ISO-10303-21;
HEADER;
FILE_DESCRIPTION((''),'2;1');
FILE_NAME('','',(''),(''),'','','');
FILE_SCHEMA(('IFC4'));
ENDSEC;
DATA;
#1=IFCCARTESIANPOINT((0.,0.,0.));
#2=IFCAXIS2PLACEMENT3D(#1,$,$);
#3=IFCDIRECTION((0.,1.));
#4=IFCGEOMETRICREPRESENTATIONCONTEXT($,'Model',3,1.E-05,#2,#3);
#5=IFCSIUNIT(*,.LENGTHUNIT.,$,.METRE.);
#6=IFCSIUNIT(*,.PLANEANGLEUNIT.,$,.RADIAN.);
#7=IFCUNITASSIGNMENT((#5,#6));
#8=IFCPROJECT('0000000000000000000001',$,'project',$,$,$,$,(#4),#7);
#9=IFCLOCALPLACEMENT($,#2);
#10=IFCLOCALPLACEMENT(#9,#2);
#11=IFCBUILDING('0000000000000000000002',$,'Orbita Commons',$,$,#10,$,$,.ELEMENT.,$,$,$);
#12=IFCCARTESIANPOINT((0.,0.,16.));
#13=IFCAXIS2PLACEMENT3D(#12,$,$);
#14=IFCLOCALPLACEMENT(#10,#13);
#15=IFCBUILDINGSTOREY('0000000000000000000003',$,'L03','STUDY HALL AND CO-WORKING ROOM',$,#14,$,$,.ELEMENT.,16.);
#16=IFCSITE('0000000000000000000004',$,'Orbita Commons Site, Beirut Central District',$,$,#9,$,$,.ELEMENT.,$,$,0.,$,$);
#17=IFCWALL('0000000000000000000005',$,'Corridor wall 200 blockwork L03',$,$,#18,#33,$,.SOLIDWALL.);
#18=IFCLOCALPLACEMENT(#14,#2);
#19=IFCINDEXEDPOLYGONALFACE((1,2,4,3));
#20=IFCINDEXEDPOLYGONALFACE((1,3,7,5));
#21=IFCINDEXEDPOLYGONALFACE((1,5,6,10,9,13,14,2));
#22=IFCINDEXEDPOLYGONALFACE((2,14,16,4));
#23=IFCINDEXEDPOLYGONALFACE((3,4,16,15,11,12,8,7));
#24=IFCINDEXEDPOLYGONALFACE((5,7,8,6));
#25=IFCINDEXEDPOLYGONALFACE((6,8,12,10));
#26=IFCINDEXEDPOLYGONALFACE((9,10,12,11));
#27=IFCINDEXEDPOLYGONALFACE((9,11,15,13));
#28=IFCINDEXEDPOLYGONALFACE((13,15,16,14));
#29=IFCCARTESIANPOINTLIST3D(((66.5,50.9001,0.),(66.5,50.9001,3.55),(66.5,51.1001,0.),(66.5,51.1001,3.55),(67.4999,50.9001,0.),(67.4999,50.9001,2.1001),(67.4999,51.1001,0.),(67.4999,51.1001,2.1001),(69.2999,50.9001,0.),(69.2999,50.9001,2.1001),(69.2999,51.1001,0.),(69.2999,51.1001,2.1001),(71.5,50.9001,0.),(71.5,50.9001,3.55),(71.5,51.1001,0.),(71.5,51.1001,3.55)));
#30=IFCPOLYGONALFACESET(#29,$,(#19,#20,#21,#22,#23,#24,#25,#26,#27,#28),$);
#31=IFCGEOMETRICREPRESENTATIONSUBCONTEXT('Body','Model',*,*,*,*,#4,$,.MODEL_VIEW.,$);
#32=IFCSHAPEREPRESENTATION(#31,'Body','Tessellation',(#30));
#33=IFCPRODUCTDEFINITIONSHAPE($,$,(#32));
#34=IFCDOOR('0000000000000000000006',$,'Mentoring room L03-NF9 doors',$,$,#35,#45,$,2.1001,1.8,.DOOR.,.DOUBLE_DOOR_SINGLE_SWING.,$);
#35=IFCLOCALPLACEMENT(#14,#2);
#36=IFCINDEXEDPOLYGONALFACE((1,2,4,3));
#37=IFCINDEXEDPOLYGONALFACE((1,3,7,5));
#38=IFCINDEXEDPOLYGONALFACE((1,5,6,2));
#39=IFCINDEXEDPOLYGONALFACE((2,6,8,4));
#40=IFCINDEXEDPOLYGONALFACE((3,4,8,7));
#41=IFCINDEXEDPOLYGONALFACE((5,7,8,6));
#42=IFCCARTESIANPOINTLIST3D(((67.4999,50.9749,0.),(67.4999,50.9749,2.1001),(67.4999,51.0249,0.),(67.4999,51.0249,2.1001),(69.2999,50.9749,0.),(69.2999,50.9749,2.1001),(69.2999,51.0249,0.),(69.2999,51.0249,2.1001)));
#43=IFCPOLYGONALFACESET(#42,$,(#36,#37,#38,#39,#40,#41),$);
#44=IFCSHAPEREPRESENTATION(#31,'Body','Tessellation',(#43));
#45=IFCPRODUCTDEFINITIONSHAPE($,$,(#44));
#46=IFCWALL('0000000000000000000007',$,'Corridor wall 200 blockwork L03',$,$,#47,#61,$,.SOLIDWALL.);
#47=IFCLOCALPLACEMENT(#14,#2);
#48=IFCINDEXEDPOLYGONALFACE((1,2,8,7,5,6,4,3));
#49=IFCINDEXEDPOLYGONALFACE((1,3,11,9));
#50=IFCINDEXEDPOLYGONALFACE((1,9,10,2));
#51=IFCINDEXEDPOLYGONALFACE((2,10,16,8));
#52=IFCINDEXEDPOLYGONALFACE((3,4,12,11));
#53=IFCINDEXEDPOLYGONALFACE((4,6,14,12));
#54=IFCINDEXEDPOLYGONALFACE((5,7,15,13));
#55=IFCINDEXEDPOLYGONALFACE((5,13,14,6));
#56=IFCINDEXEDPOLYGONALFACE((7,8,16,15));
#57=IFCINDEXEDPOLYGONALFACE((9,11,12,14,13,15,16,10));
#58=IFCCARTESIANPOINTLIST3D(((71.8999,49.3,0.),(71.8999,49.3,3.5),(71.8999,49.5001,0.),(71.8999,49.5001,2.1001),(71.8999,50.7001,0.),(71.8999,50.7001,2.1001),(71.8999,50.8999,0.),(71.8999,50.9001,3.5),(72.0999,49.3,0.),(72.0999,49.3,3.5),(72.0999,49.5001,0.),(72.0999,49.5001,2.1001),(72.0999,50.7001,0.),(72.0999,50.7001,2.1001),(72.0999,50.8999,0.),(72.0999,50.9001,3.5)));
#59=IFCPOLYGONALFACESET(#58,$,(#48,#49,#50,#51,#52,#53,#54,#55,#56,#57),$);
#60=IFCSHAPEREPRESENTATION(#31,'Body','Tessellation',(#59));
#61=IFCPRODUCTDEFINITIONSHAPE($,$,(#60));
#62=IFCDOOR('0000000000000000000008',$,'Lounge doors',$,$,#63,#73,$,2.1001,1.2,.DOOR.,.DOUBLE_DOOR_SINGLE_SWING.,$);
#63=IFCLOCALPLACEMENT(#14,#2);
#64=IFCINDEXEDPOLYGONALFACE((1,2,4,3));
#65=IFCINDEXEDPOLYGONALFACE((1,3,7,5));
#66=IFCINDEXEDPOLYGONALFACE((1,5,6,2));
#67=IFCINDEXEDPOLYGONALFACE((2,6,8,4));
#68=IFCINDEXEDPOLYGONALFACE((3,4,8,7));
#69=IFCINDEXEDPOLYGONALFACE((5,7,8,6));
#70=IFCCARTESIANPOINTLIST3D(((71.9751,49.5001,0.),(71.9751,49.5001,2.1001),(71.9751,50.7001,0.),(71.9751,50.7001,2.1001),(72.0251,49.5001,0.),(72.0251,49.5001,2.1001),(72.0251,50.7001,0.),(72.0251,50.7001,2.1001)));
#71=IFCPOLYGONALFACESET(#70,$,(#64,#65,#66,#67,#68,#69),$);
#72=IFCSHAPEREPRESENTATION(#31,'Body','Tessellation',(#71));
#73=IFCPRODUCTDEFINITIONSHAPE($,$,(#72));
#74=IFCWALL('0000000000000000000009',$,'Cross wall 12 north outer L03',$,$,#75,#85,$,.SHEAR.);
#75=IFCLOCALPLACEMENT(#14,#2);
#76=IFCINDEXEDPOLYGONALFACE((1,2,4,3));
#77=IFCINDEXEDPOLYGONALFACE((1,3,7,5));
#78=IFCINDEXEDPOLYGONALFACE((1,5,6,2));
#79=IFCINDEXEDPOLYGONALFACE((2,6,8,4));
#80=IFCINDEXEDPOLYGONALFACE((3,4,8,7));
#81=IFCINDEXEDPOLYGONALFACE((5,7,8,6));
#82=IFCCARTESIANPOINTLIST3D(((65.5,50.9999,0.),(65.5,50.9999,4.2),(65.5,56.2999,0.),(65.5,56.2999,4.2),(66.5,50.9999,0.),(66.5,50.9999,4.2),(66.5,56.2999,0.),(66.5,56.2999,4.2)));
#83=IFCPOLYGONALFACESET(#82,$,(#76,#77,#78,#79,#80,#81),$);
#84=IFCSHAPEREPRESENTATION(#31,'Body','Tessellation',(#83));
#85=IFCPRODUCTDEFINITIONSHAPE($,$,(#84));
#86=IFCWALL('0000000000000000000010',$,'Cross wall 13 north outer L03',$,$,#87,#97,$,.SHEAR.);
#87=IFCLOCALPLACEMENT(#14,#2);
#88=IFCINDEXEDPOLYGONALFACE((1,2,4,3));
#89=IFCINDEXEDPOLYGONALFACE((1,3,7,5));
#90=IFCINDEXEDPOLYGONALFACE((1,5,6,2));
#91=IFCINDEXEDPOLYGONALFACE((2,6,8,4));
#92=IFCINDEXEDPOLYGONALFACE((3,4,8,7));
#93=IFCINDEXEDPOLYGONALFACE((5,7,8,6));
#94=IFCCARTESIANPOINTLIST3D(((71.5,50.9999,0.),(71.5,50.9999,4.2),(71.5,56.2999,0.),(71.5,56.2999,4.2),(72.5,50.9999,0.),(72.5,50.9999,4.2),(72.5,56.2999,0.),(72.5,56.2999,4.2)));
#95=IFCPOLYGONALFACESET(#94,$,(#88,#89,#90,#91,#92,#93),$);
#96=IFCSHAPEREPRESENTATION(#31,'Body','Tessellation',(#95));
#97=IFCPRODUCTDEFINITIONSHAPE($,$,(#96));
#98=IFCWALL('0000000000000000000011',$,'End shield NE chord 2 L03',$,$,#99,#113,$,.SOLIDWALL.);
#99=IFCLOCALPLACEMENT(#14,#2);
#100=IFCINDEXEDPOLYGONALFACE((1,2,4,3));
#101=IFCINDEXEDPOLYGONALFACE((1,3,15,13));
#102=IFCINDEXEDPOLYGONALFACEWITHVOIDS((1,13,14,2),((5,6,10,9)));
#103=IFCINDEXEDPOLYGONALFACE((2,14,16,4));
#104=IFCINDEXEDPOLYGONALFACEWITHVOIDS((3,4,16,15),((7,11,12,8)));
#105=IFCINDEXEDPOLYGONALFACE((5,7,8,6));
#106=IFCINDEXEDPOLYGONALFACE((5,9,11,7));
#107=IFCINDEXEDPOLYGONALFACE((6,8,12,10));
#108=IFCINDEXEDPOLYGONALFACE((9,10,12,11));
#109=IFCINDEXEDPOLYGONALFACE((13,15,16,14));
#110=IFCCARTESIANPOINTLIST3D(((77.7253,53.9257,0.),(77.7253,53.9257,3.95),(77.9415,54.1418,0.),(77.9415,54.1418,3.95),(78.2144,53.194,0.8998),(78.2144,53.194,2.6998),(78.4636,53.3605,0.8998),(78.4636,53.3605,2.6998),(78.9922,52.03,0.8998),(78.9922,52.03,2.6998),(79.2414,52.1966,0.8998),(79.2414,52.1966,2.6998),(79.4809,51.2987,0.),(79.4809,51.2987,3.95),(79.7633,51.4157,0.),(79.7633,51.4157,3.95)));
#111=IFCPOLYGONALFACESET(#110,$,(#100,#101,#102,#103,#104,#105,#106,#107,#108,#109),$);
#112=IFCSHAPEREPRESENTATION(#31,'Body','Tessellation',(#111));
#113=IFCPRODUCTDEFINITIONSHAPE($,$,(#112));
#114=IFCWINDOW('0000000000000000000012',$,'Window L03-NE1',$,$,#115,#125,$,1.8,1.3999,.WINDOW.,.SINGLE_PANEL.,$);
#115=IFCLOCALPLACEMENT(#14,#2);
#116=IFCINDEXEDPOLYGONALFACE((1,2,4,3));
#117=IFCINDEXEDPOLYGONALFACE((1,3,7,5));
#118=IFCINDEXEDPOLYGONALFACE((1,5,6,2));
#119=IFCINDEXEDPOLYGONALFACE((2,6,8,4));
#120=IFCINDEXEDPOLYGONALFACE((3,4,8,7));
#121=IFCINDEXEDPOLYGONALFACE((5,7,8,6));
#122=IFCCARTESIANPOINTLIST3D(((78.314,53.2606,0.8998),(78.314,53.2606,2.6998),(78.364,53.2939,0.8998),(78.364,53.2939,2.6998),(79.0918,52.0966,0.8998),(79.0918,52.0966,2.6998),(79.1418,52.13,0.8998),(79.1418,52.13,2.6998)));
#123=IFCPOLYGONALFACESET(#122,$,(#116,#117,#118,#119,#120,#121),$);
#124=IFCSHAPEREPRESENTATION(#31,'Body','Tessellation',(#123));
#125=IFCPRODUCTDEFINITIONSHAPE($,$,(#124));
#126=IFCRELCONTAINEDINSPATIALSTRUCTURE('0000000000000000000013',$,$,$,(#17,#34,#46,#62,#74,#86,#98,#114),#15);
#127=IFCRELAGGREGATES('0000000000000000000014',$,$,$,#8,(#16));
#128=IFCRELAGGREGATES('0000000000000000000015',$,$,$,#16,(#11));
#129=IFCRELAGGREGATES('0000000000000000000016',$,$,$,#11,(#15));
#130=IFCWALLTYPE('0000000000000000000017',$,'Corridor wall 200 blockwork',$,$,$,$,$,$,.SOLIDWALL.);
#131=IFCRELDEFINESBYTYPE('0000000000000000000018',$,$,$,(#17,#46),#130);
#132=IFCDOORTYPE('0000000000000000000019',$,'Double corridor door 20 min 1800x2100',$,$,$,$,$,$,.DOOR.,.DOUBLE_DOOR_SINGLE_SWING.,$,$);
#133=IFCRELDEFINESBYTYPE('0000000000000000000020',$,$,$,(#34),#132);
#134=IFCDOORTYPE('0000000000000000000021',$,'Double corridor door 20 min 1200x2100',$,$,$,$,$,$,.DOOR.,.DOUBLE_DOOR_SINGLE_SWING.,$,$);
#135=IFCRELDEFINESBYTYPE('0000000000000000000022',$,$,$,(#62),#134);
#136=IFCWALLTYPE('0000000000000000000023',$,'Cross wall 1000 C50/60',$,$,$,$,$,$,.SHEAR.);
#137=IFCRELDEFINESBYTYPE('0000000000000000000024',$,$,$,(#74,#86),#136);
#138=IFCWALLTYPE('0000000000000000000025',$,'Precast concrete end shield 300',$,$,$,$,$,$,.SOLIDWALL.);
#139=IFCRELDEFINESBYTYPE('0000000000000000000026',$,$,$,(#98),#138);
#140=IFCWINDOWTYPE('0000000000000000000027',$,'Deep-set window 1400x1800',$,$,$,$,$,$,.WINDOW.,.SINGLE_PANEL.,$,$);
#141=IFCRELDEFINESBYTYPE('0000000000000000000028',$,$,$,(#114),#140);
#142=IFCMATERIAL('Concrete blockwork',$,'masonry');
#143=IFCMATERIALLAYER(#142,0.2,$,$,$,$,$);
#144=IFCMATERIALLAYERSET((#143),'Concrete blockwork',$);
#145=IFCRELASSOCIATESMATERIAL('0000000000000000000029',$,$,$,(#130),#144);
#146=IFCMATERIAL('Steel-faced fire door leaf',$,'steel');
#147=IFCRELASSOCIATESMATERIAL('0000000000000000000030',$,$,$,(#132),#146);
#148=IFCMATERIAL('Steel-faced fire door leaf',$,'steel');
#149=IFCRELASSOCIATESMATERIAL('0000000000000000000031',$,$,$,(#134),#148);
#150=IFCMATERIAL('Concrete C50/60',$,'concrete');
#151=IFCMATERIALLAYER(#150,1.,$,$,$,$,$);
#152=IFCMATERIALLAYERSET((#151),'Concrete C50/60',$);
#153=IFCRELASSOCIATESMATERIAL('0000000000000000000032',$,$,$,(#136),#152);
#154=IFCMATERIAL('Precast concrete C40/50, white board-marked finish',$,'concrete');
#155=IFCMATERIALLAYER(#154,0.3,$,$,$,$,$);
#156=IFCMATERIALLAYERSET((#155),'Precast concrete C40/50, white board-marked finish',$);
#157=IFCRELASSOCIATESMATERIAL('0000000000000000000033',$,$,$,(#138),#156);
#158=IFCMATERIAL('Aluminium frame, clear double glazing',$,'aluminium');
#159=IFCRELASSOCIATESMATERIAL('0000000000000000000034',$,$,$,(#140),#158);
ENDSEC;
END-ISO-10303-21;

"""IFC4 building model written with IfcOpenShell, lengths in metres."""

from ifc_helpers import new_model, si_unit, direction, frame, frame_2d, origin, place, context, subcontext, project, spatial, polyline, rectangle, outline, extrude, material, layer, layer_set, type_object, element, fill, save


model = new_model("IFC4")

# Units and contexts
model_context = context("Model", 3, precision=1e-05, world=origin(), true_north=direction((0.0, 1.0)))
body_context = subcontext(model_context, "Body", "Model", "MODEL_VIEW")
ifc_project = project(units=[si_unit("LENGTHUNIT", "METRE"), si_unit("PLANEANGLEUNIT", "RADIAN")], contexts=[model_context])

# Site, building, storey
site_placement = place(None, origin())
site = spatial("IfcSite", under=ifc_project, at=site_placement, Name="Orbita Commons Site, Beirut Central District", CompositionType="ELEMENT", RefElevation=0.0)
building_placement = place(site_placement, origin())
building = spatial("IfcBuilding", under=site, at=building_placement, Name="Orbita Commons", CompositionType="ELEMENT")
storey_placement = place(building_placement, frame((0.0, 0.0, 16.0)))
storey = spatial("IfcBuildingStorey", under=building, at=storey_placement, Name="L03", Description="STUDY HALL AND CO-WORKING ROOM", CompositionType="ELEMENT", Elevation=16.0)

# Walls, openings, doors
ifc_material_1 = material(Name="Concrete blockwork", Category="masonry")
ifc_layer_1 = layer(ifc_material_1, 0.2)
ifc_layer_set_1 = layer_set([ifc_layer_1], Name="Concrete blockwork")
wall_type_1 = type_object("IfcWallType", Name="Corridor wall 200 blockwork", PredefinedType="SOLIDWALL", material=ifc_layer_set_1)
ifc_material_2 = material(Name="Steel-faced fire door leaf", Category="steel")
door_type_1 = type_object("IfcDoorType", Name="Double corridor door 20 min 1800x2100", OperationType="DOUBLE_DOOR_SINGLE_SWING", PredefinedType="DOOR", material=ifc_material_2)
wall_1_placement = place(storey_placement, frame((66.5, 51.0, 0.0), z_axis=(0.0, 0.0, 1.0), x_axis=(1.0, 0.0, 0.0)))
wall_1 = element("IfcWall", 1, at=wall_1_placement, inside=storey, type_object=wall_type_1, Name="Corridor wall 200 blockwork L03", PredefinedType="SOLIDWALL", context=body_context, shape_type="SweptSolid", body=[
    extrude(outline(polyline([(0.0, 0.0), (5.0, 0.0), (5.0, 3.55), (0.0, 3.55), (0.0, 0.0)])), frame((0.0, 0.1001, 0.0), z_axis=(0.0, -1.0, 0.0), x_axis=(1.0, 0.0, 0.0)), (0.0, 0.0, 1.0), 0.2),
])
opening_1_placement = place(wall_1_placement, frame((1.0, 0.0, 0.0)))
opening_1 = element("IfcOpeningElement", 2, at=opening_1_placement, cuts=wall_1, PredefinedType="OPENING", context=body_context, shape_type="SweptSolid", body=[
    extrude(rectangle(XDim=1.8, YDim=2.1001, at=frame_2d((0.8999, 1.05))), frame((0.0, 0.1099, 0.0), z_axis=(0.0, -1.0, 0.0), x_axis=(1.0, 0.0, 0.0)), (0.0, 0.0, 1.0), 0.22),
])
door_1_placement = place(opening_1_placement, origin())
door_1 = element("IfcDoor", 3, at=door_1_placement, inside=storey, type_object=door_type_1, Name="Mentoring room L03-NF9 doors", OperationType="DOUBLE_DOOR_SINGLE_SWING", OverallHeight=2.1001, OverallWidth=1.8, PredefinedType="DOOR", context=body_context, shape_type="SweptSolid", body=[
    extrude(rectangle(XDim=1.8, YDim=2.1001, at=frame_2d((0.8999, 1.05))), frame((0.0, 0.0249, 0.0), z_axis=(0.0, -1.0, 0.0), x_axis=(1.0, 0.0, 0.0)), (0.0, 0.0, 1.0), 0.05),
])
fill(opening_1, door_1)
wall_2_placement = place(storey_placement, frame((72.0, 49.3, 0.0), z_axis=(0.0, 0.0, 1.0), x_axis=(0.0, 1.0, 0.0)))
wall_2 = element("IfcWall", 4, at=wall_2_placement, inside=storey, type_object=wall_type_1, Name="Corridor wall 200 blockwork L03", PredefinedType="SOLIDWALL", context=body_context, shape_type="SweptSolid", body=[
    extrude(outline(polyline([(0.0, 0.0), (1.5999, 0.0), (1.6001, 3.5), (0.0, 3.5), (0.0, 0.0)])), frame((0.0, 0.1001, 0.0), z_axis=(0.0, -1.0, 0.0), x_axis=(1.0, 0.0, 0.0)), (0.0, 0.0, 1.0), 0.2),
])
opening_2_placement = place(wall_2_placement, frame((0.2, 0.0, 0.0)))
opening_2 = element("IfcOpeningElement", 5, at=opening_2_placement, cuts=wall_2, PredefinedType="OPENING", context=body_context, shape_type="SweptSolid", body=[
    extrude(rectangle(XDim=1.2, YDim=2.1001, at=frame_2d((0.6001, 1.05))), frame((0.0, 0.1099, 0.0), z_axis=(0.0, -1.0, 0.0), x_axis=(1.0, 0.0, 0.0)), (0.0, 0.0, 1.0), 0.22),
])
ifc_material_3 = material(Name="Steel-faced fire door leaf", Category="steel")
door_type_2 = type_object("IfcDoorType", Name="Double corridor door 20 min 1200x2100", OperationType="DOUBLE_DOOR_SINGLE_SWING", PredefinedType="DOOR", material=ifc_material_3)
door_2_placement = place(opening_2_placement, origin())
door_2 = element("IfcDoor", 6, at=door_2_placement, inside=storey, type_object=door_type_2, Name="Lounge doors", OperationType="DOUBLE_DOOR_SINGLE_SWING", OverallHeight=2.1001, OverallWidth=1.2, PredefinedType="DOOR", context=body_context, shape_type="SweptSolid", body=[
    extrude(rectangle(XDim=1.2, YDim=2.1001, at=frame_2d((0.6001, 1.05))), frame((0.0, 0.0249, 0.0), z_axis=(0.0, -1.0, 0.0), x_axis=(1.0, 0.0, 0.0)), (0.0, 0.0, 1.0), 0.05),
])
fill(opening_2, door_2)

# Walls
ifc_material_4 = material(Name="Concrete C50/60", Category="concrete")
ifc_layer_2 = layer(ifc_material_4, 1.0)
ifc_layer_set_2 = layer_set([ifc_layer_2], Name="Concrete C50/60")
wall_type_2 = type_object("IfcWallType", Name="Cross wall 1000 C50/60", PredefinedType="SHEAR", material=ifc_layer_set_2)
for number, where, z_axis, x_axis, name in (
    (7, (66.0, 51.0, 0.0), (0.0, 0.0, 1.0), (0.0, 1.0, 0.0), "Cross wall 12 north outer L03"),
    (8, (72.0, 51.0, 0.0), (0.0, 0.0, 1.0), (0.0, 1.0, 0.0), "Cross wall 13 north outer L03"),
):
    element("IfcWall", number, at=place(storey_placement, frame(where, z_axis=z_axis, x_axis=x_axis)), inside=storey, type_object=wall_type_2, Name=name, PredefinedType="SHEAR", context=body_context, shape_type="SweptSolid", body=[
        extrude(rectangle(XDim=5.3, YDim=1.0, at=frame_2d((2.6499, 0.0))), origin(), (0.0, 0.0, 1.0), 4.2),
    ])

# Wall, opening, window
ifc_material_5 = material(Name="Precast concrete C40/50, white board-marked finish", Category="concrete")
ifc_layer_3 = layer(ifc_material_5, 0.3)
ifc_layer_set_3 = layer_set([ifc_layer_3], Name="Precast concrete C40/50, white board-marked finish")
wall_type_3 = type_object("IfcWallType", Name="Precast concrete end shield 300", PredefinedType="SOLIDWALL", material=ifc_layer_set_3)
wall_3_placement = place(storey_placement, frame((79.6221, 51.3572, 0.0), z_axis=(0.0, 0.0, 1.0), x_axis=(-0.55561, 0.831443, 0.0)))
wall_3 = element("IfcWall", 9, at=wall_3_placement, inside=storey, type_object=wall_type_3, Name="End shield NE chord 2 L03", PredefinedType="SOLIDWALL", context=body_context, shape_type="SweptSolid", body=[
    extrude(outline(polyline([(-0.0298, -0.1499), (3.249, -0.1499), (3.1895, 0.1499), (0.0298, 0.1499), (-0.0298, -0.1499)])), origin(), (0.0, 0.0, 1.0), 3.95),
])
opening_3_placement = place(wall_3_placement, frame((0.9094, 0.0, 0.8999)))
opening_3 = element("IfcOpeningElement", 10, at=opening_3_placement, cuts=wall_3, PredefinedType="OPENING", context=body_context, shape_type="SweptSolid", body=[
    extrude(rectangle(XDim=1.3999, YDim=1.8, at=frame_2d((0.7, 0.8999))), frame((0.0, 0.1599, 0.0), z_axis=(0.0, -1.0, 0.0), x_axis=(1.0, 0.0, 0.0)), (0.0, 0.0, 1.0), 0.3201),
])
ifc_material_6 = material(Name="Aluminium frame, clear double glazing", Category="aluminium")
window_type = type_object("IfcWindowType", Name="Deep-set window 1400x1800", PartitioningType="SINGLE_PANEL", PredefinedType="WINDOW", material=ifc_material_6)
window_placement = place(opening_3_placement, origin())
window = element("IfcWindow", 11, at=window_placement, inside=storey, type_object=window_type, Name="Window L03-NE1", OverallHeight=1.8, OverallWidth=1.3999, PartitioningType="SINGLE_PANEL", PredefinedType="WINDOW", context=body_context, shape_type="SweptSolid", body=[
    extrude(rectangle(XDim=1.3999, YDim=1.8, at=frame_2d((0.7, 0.8999))), frame((0.0, 0.03, 0.0), z_axis=(0.0, -1.0, 0.0), x_axis=(1.0, 0.0, 0.0)), (0.0, 0.0, 1.0), 0.0601),
])
fill(opening_3, window)

save(model, "model.ifc")
